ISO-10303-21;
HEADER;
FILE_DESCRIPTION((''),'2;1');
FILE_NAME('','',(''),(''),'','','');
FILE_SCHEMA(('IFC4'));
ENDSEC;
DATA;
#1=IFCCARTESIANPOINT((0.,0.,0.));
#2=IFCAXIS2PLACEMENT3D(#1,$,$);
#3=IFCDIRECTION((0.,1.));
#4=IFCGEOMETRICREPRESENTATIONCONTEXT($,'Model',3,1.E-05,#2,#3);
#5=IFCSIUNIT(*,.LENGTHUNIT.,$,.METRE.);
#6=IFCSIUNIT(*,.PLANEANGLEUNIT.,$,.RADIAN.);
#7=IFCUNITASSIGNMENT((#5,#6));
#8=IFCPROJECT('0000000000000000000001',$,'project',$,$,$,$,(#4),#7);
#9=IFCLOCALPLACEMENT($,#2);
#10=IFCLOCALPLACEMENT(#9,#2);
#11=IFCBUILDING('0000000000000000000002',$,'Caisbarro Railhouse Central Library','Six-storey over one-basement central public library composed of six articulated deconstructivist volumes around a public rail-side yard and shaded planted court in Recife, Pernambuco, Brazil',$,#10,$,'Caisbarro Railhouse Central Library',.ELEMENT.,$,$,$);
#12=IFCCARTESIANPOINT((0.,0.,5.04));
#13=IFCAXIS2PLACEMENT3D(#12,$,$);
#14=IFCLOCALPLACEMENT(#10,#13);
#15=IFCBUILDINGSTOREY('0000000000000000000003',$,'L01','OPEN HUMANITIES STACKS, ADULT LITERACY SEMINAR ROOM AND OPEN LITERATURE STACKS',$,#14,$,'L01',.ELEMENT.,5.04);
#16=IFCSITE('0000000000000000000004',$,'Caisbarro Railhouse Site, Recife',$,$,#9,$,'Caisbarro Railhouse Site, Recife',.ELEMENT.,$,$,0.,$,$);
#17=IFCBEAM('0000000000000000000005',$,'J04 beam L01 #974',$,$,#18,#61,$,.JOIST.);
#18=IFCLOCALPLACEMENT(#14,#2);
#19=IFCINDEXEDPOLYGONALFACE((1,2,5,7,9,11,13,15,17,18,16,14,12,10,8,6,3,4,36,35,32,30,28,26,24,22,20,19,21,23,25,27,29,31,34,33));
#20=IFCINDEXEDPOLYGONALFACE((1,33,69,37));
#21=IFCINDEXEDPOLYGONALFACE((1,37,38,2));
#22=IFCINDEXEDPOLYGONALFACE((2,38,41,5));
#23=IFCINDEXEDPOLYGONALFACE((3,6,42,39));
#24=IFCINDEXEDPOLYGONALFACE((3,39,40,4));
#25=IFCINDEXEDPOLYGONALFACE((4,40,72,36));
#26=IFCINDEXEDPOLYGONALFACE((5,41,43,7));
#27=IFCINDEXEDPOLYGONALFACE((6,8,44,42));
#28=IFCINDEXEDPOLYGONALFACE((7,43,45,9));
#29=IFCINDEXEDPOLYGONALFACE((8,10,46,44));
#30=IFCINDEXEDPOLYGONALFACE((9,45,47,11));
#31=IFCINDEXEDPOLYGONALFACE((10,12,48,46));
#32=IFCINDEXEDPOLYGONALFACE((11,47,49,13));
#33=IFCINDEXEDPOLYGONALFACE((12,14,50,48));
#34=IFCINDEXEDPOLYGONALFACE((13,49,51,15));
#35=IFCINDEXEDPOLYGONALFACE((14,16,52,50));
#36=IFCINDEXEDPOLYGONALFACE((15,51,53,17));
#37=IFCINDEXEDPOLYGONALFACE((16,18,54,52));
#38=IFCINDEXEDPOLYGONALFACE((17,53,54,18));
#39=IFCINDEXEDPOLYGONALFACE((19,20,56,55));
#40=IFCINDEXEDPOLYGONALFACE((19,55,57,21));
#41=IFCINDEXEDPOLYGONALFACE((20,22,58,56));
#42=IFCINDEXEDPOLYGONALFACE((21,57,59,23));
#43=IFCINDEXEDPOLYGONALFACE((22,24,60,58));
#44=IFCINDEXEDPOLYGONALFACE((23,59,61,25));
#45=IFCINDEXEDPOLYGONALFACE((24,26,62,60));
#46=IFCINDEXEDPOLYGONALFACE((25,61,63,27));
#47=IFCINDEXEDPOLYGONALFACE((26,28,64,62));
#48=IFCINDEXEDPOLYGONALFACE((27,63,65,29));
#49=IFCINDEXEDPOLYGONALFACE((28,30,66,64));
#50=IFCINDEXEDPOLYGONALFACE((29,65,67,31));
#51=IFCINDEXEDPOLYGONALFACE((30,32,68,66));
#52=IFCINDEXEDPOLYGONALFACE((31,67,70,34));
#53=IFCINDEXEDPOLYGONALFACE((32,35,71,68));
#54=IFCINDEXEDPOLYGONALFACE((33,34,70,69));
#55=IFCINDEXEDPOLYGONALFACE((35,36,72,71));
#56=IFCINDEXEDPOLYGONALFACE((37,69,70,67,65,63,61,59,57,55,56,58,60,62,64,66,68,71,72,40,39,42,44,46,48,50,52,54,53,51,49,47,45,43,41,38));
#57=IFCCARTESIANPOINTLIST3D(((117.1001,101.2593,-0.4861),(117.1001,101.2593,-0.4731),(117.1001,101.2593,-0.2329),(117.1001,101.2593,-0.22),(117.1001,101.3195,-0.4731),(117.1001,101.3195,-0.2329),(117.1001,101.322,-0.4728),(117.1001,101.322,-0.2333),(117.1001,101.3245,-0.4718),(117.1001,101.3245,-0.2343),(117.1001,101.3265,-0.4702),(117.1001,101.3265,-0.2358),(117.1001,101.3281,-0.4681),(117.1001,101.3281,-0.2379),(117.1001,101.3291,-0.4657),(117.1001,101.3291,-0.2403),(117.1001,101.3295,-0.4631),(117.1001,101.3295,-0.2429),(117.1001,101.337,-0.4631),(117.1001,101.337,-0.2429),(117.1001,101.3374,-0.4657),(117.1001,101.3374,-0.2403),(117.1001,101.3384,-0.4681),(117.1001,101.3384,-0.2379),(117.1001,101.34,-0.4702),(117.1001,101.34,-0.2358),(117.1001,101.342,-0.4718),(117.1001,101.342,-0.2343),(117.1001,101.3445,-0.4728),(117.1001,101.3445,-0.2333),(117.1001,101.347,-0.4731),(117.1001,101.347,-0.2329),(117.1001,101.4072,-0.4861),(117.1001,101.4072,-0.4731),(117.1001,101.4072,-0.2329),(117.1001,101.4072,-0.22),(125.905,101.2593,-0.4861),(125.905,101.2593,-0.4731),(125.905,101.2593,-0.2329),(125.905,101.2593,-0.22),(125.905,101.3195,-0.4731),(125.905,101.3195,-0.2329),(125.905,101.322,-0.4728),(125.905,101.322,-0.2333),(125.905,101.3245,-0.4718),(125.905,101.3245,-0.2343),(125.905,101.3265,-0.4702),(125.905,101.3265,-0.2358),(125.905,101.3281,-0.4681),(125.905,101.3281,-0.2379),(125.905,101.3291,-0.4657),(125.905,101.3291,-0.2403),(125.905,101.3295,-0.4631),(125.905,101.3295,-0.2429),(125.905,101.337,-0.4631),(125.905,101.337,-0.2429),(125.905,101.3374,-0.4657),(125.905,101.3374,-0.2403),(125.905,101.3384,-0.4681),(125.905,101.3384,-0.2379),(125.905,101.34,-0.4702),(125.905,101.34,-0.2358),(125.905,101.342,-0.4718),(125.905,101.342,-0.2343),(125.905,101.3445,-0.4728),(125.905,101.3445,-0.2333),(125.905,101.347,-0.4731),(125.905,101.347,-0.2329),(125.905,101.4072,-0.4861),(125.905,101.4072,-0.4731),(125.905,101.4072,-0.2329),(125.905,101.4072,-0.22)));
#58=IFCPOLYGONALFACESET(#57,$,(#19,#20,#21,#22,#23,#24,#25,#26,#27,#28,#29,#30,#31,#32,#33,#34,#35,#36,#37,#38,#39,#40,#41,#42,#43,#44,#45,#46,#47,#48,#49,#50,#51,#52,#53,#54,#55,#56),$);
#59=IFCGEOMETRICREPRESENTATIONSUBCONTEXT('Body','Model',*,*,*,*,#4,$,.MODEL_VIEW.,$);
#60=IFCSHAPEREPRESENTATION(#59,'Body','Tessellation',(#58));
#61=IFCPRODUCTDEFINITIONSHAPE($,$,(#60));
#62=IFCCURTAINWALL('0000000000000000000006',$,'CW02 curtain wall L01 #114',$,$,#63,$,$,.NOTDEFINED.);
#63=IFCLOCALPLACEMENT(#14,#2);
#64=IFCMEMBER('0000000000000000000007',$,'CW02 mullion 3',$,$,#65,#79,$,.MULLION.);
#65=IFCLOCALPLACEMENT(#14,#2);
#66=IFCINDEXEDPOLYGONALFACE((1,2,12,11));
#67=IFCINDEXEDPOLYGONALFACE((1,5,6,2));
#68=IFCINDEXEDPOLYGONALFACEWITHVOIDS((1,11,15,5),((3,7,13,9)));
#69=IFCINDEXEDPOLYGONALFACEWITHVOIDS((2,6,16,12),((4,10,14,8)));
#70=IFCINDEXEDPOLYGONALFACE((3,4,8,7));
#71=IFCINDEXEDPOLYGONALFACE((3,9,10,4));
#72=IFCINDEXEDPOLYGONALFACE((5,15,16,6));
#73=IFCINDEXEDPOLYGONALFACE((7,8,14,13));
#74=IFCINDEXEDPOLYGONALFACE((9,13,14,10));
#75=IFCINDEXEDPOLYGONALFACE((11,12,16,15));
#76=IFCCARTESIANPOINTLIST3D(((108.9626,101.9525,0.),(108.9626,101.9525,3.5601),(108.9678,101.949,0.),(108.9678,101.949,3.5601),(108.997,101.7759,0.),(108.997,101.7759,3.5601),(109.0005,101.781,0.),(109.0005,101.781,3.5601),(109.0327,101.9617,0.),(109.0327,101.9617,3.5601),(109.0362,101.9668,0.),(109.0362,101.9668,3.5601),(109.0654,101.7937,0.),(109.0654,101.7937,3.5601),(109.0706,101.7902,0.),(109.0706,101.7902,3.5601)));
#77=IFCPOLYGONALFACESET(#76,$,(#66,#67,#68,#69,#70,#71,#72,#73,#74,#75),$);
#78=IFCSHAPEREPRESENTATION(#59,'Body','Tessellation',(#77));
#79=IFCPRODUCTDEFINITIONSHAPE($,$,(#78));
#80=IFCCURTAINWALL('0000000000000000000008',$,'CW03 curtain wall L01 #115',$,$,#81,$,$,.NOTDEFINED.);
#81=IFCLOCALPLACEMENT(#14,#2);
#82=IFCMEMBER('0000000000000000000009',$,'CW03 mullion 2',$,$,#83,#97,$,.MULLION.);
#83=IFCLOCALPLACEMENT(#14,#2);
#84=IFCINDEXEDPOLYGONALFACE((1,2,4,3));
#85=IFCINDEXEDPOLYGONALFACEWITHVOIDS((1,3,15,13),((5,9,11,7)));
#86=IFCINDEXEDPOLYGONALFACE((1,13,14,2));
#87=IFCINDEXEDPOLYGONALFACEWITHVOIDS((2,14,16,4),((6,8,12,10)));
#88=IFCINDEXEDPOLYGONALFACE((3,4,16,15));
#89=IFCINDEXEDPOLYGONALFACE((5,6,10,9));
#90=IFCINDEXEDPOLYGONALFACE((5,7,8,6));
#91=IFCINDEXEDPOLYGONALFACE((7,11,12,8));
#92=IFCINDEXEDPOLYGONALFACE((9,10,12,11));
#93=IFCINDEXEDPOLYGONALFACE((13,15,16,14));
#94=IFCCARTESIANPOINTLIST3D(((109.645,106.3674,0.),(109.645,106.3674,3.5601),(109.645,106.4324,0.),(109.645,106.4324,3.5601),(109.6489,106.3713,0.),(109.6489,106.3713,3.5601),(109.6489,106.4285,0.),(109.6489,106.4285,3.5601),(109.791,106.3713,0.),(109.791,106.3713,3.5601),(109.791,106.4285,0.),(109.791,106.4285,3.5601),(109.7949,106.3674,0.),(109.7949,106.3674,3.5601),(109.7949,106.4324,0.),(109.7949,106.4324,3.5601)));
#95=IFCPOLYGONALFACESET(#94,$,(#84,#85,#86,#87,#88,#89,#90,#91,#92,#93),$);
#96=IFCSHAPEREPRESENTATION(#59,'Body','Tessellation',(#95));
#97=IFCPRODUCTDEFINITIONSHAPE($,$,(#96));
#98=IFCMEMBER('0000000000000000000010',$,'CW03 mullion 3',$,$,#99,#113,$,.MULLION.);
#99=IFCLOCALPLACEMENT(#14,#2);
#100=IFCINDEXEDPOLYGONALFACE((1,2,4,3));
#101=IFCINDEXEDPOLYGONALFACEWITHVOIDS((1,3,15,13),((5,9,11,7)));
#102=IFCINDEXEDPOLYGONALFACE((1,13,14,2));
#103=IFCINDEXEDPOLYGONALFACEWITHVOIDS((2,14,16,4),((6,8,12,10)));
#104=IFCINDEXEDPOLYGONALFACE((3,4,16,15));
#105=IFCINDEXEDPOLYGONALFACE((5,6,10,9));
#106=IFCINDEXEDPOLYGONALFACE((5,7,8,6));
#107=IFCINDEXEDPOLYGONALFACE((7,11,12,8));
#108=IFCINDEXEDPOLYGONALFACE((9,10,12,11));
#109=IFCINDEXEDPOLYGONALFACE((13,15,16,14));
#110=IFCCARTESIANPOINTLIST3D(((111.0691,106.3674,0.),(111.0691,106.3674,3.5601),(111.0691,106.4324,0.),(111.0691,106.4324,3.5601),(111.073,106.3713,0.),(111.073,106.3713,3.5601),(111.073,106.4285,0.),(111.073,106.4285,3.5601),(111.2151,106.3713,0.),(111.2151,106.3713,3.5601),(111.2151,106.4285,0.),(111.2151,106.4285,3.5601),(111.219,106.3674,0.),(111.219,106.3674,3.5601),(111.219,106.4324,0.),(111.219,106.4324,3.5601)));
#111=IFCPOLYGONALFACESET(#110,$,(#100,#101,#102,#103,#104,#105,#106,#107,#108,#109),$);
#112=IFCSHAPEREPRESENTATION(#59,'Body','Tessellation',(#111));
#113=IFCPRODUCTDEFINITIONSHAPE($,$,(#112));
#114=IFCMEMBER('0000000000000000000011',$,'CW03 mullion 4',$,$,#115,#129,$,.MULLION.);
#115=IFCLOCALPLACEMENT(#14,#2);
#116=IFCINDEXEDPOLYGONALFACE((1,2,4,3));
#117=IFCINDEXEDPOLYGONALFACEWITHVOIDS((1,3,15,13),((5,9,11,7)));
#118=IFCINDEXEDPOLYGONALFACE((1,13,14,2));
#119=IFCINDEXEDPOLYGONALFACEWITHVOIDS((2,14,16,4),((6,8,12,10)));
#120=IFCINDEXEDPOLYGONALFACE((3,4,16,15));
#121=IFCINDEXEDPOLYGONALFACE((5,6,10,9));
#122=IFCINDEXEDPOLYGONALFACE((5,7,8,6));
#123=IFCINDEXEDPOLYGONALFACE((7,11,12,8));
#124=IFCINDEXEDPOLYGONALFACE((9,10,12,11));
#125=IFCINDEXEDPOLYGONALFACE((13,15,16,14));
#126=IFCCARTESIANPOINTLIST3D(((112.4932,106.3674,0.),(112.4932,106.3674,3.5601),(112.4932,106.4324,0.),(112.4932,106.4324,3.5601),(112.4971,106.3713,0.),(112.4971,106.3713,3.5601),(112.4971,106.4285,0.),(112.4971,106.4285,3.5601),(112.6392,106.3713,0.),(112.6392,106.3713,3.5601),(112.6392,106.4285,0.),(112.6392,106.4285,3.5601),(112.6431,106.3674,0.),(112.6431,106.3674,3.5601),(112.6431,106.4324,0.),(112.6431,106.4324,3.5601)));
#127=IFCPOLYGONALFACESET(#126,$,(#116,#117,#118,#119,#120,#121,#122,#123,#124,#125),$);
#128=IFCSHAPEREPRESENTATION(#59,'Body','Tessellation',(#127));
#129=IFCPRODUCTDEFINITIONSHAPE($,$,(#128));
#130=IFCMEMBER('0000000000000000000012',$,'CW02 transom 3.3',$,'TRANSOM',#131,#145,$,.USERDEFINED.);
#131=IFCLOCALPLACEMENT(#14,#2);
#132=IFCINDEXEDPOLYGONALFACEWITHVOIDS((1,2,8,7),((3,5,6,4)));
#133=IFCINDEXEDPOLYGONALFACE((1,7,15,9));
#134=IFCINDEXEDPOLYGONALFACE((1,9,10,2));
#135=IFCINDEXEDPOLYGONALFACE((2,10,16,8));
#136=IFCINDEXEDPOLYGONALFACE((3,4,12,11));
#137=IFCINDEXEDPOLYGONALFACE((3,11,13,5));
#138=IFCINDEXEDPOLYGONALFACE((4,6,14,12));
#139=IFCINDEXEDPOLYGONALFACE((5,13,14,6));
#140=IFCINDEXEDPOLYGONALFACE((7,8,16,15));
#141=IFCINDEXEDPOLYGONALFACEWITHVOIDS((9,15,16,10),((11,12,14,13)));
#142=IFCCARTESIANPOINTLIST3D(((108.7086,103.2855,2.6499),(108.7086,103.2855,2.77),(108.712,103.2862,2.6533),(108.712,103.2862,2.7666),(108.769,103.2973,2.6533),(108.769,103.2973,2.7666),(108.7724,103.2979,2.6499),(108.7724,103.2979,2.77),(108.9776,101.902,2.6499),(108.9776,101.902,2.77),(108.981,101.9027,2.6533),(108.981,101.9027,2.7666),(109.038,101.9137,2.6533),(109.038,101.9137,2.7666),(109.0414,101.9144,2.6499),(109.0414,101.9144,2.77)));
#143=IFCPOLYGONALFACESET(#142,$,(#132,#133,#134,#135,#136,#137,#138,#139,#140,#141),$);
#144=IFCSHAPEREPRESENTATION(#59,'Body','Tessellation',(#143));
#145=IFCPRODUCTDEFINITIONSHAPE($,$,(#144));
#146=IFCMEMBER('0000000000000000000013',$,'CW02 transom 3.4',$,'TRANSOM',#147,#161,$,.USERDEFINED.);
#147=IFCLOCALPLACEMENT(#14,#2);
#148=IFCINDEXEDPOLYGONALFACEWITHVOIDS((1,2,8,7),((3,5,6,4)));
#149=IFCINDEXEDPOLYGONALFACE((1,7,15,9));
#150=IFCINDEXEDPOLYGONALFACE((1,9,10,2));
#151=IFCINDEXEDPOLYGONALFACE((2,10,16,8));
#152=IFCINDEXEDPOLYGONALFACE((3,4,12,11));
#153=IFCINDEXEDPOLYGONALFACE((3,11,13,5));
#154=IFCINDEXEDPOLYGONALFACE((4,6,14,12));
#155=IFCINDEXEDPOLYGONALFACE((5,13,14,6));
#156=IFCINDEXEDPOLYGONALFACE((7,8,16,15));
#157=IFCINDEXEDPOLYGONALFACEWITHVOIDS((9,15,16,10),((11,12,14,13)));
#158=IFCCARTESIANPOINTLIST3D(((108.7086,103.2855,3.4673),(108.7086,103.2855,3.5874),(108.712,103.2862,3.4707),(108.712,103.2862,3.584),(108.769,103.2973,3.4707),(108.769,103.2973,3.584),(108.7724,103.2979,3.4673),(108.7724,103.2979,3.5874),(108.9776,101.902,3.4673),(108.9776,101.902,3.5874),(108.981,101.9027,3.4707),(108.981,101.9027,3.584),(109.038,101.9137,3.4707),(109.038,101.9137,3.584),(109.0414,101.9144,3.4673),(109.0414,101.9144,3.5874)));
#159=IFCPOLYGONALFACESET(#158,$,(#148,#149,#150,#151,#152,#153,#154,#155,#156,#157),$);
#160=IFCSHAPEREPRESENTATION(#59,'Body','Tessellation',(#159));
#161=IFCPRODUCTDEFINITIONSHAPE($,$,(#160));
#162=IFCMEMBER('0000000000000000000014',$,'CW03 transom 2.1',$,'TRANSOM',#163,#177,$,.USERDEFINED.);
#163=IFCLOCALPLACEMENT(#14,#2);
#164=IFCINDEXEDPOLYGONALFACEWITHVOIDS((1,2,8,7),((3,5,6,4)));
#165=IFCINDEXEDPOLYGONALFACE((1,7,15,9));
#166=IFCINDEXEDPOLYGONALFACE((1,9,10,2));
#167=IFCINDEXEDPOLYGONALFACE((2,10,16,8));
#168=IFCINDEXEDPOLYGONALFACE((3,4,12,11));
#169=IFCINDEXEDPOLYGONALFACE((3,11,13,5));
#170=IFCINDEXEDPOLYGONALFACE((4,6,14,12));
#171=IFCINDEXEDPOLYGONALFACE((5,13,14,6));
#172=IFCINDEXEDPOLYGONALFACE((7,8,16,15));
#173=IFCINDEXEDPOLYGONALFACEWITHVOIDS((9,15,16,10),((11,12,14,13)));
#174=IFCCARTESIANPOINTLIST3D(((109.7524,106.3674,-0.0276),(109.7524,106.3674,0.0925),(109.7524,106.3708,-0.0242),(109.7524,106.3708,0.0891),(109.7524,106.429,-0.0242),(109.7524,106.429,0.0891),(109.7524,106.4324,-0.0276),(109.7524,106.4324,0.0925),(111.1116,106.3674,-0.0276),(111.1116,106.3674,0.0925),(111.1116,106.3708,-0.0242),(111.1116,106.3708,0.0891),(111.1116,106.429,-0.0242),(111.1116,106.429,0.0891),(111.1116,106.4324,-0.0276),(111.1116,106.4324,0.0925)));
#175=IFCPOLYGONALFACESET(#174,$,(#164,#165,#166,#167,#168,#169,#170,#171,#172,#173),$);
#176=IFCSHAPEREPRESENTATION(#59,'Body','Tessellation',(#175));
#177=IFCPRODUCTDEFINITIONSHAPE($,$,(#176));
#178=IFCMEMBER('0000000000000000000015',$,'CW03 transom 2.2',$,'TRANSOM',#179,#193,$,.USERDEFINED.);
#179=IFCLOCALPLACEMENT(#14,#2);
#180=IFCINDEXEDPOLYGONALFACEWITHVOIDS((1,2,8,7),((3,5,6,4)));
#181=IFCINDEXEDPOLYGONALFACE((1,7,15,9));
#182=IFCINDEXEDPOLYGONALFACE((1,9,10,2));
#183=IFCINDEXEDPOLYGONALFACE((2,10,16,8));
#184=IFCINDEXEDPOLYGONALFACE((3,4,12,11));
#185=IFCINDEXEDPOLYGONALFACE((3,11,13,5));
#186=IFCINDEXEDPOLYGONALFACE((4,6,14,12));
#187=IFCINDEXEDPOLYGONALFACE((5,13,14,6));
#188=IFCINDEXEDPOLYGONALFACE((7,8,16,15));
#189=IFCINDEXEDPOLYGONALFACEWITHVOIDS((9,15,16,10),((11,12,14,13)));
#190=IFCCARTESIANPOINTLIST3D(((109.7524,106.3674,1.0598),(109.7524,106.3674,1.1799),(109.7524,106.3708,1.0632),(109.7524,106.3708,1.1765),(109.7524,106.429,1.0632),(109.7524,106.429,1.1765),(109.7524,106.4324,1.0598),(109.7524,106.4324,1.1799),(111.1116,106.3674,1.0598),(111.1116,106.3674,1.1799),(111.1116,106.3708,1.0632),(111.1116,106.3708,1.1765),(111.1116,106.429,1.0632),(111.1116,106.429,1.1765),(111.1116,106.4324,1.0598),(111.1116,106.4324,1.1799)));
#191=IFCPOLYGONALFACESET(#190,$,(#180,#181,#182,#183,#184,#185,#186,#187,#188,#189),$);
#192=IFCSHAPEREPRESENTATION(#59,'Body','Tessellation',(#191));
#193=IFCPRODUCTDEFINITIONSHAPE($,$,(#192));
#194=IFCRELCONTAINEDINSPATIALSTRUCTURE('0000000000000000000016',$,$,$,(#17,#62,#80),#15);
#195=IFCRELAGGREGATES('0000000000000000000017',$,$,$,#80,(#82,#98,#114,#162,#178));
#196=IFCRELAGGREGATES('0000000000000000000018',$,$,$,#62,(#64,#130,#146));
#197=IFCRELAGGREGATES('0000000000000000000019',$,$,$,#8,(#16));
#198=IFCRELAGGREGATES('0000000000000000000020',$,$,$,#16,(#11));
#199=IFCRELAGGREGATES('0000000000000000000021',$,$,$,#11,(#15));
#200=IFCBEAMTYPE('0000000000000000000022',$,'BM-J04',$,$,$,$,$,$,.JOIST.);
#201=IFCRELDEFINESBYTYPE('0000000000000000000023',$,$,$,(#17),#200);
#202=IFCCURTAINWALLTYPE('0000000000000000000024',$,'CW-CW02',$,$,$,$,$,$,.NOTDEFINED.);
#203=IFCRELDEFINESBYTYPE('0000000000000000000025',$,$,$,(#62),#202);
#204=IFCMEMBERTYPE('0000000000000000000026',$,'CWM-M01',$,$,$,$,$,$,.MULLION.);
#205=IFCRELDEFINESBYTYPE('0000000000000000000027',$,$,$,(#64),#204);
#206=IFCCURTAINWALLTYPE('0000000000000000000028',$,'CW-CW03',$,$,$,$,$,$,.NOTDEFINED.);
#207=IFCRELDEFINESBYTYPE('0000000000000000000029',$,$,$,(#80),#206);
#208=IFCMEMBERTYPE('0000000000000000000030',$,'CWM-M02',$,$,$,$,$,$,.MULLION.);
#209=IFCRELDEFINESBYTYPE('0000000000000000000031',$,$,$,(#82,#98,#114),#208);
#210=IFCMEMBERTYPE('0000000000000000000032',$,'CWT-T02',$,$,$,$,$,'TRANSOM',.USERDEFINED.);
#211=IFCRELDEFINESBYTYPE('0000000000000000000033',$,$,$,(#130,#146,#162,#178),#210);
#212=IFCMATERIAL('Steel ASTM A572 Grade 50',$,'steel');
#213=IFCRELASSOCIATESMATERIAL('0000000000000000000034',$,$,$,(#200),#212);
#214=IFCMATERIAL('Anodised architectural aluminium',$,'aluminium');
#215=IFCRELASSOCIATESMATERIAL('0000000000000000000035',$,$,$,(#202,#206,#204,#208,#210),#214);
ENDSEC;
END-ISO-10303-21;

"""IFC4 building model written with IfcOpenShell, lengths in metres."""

from ifc_helpers import new_model, si_unit, direction, frame, origin, origin_2d, place, context, subcontext, project, spatial, hollow_rectangle, i_section, extrude, material, material_profile, profile_set, type_object, element, aggregate, save


model = new_model("IFC4")

# Units and contexts
model_context = context("Model", 3, precision=1e-05, world=origin(), true_north=direction((0.0, 1.0)))
body_context = subcontext(model_context, "Body", "Model", "MODEL_VIEW")
ifc_project = project(units=[si_unit("LENGTHUNIT", "METRE"), si_unit("PLANEANGLEUNIT", "RADIAN")], contexts=[model_context])

# Site, building, storey
site_placement = place(None, origin())
site = spatial("IfcSite", under=ifc_project, at=site_placement, Name="Caisbarro Railhouse Site, Recife", LongName="Caisbarro Railhouse Site, Recife", CompositionType="ELEMENT", RefElevation=0.0)
building_placement = place(site_placement, origin())
building = spatial("IfcBuilding", under=site, at=building_placement, Name="Caisbarro Railhouse Central Library", Description="Six-storey over one-basement central public library composed of six articulated deconstructivist volumes around a public rail-side yard and shaded planted court in Recife, Pernambuco, Brazil", LongName="Caisbarro Railhouse Central Library", CompositionType="ELEMENT")
storey_placement = place(building_placement, frame((0.0, 0.0, 5.04)))
storey = spatial("IfcBuildingStorey", under=building, at=storey_placement, Name="L01", Description="OPEN HUMANITIES STACKS, ADULT LITERACY SEMINAR ROOM AND OPEN LITERATURE STACKS", LongName="L01", CompositionType="ELEMENT", Elevation=5.04)

# Beam
ifc_material_1 = material(Name="Steel ASTM A572 Grade 50", Category="steel")
ifc_material_profile_1 = material_profile(ifc_material_1, i_section(OverallWidth=0.1479, OverallDepth=0.2661, WebThickness=0.0076, FlangeThickness=0.0129, FilletRadius=0.01, at=origin_2d()), Name="W250X44.8")
ifc_profile_set_1 = profile_set([ifc_material_profile_1], Name="Steel ASTM A572 Grade 50")
beam_type = type_object("IfcBeamType", Name="BM-J04", PredefinedType="JOIST", material=ifc_profile_set_1)
beam_placement = place(storey_placement, frame((117.1001, 101.3333, -0.353), z_axis=(1.0, 0.0, 0.0), x_axis=(0.0, 1.0, 0.0)))
element("IfcBeam", 1, at=beam_placement, inside=storey, type_object=beam_type, Name="J04 beam L01 #974", PredefinedType="JOIST", context=body_context, shape_type="SweptSolid", body=[
    extrude(i_section(OverallWidth=0.1479, OverallDepth=0.2661, WebThickness=0.0076, FlangeThickness=0.0129, FilletRadius=0.01, at=origin_2d()), origin(), (0.0, 0.0, 1.0), 8.8049),
])

# Curtain wall, member
ifc_material_2 = material(Name="Anodised architectural aluminium", Category="aluminium")
curtain_wall_type_1 = type_object("IfcCurtainWallType", Name="CW-CW02", PredefinedType="NOTDEFINED", material=ifc_material_2)
curtain_wall_1_placement = place(storey_placement, origin())
curtain_wall_1 = element("IfcCurtainWall", 2, at=curtain_wall_1_placement, inside=storey, type_object=curtain_wall_type_1, Name="CW02 curtain wall L01 #114", PredefinedType="NOTDEFINED")
ifc_material_profile_2 = material_profile(ifc_material_2, hollow_rectangle(XDim=0.075, YDim=0.1799, WallThickness=0.0044, at=origin_2d()), Name="ALU-MUL-75X180")
ifc_profile_set_2 = profile_set([ifc_material_profile_2], Name="Anodised architectural aluminium")
member_type_1 = type_object("IfcMemberType", Name="CWM-M01", PredefinedType="MULLION", material=ifc_profile_set_2)
member_1_placement = place(storey_placement, frame((109.0166, 101.8713, 0.0), z_axis=(0.0, 0.0, 1.0), x_axis=(-0.981607, -0.190911, 0.0)))
member_1 = element("IfcMember", 3, at=member_1_placement, type_object=member_type_1, Name="CW02 mullion 3", PredefinedType="MULLION", context=body_context, shape_type="SweptSolid", body=[
    extrude(hollow_rectangle(XDim=0.075, YDim=0.1799, WallThickness=0.0044, at=origin_2d()), origin(), (0.0, 0.0, 1.0), 3.5601),
])

# Curtain wall, members
curtain_wall_type_2 = type_object("IfcCurtainWallType", Name="CW-CW03", PredefinedType="NOTDEFINED", material=ifc_material_2)
curtain_wall_2_placement = place(storey_placement, origin())
curtain_wall_2 = element("IfcCurtainWall", 4, at=curtain_wall_2_placement, inside=storey, type_object=curtain_wall_type_2, Name="CW03 curtain wall L01 #115", PredefinedType="NOTDEFINED")
ifc_material_profile_3 = material_profile(ifc_material_2, hollow_rectangle(XDim=0.0649, YDim=0.1499, WallThickness=0.0039, at=origin_2d()), Name="ALU-MUL-65X150")
ifc_profile_set_3 = profile_set([ifc_material_profile_3], Name="Anodised architectural aluminium")
member_type_2 = type_object("IfcMemberType", Name="CWM-M02", PredefinedType="MULLION", material=ifc_profile_set_3)
member_2_placement = place(storey_placement, frame((109.72, 106.3999, 0.0), z_axis=(0.0, 0.0, 1.0), x_axis=(0.0, 1.0, 0.0)))
member_2 = element("IfcMember", 5, at=member_2_placement, type_object=member_type_2, Name="CW03 mullion 2", PredefinedType="MULLION", context=body_context, shape_type="SweptSolid", body=[
    extrude(hollow_rectangle(XDim=0.0649, YDim=0.1499, WallThickness=0.0039, at=origin_2d()), origin(), (0.0, 0.0, 1.0), 3.5601),
])
member_3_placement = place(storey_placement, frame((111.144, 106.3999, 0.0), z_axis=(0.0, 0.0, 1.0), x_axis=(0.0, 1.0, 0.0)))
member_3 = element("IfcMember", 6, at=member_3_placement, type_object=member_type_2, Name="CW03 mullion 3", PredefinedType="MULLION", context=body_context, shape_type="SweptSolid", body=[
    extrude(hollow_rectangle(XDim=0.0649, YDim=0.1499, WallThickness=0.0039, at=origin_2d()), origin(), (0.0, 0.0, 1.0), 3.5601),
])
member_4_placement = place(storey_placement, frame((112.5681, 106.3999, 0.0), z_axis=(0.0, 0.0, 1.0), x_axis=(0.0, 1.0, 0.0)))
member_4 = element("IfcMember", 7, at=member_4_placement, type_object=member_type_2, Name="CW03 mullion 4", PredefinedType="MULLION", context=body_context, shape_type="SweptSolid", body=[
    extrude(hollow_rectangle(XDim=0.0649, YDim=0.1499, WallThickness=0.0039, at=origin_2d()), origin(), (0.0, 0.0, 1.0), 3.5601),
])

# Members
ifc_material_profile_4 = material_profile(ifc_material_2, hollow_rectangle(XDim=0.0649, YDim=0.1201, WallThickness=0.0034, at=origin_2d()), Name="ALU-TRN-65X120")
ifc_profile_set_4 = profile_set([ifc_material_profile_4], Name="Anodised architectural aluminium")
member_type_3 = type_object("IfcMemberType", Name="CWT-T02", ElementType="TRANSOM", PredefinedType="USERDEFINED", material=ifc_profile_set_4)
member_5_placement = place(storey_placement, frame((109.0095, 101.9082, 2.71), z_axis=(-0.190884, 0.981613, 0.0), x_axis=(-0.981613, -0.190884, 0.0)))
member_5 = element("IfcMember", 8, at=member_5_placement, type_object=member_type_3, Name="CW02 transom 3.3", ObjectType="TRANSOM", PredefinedType="USERDEFINED", context=body_context, shape_type="SweptSolid", body=[
    extrude(hollow_rectangle(XDim=0.0649, YDim=0.1201, WallThickness=0.0034, at=origin_2d()), origin(), (0.0, 0.0, 1.0), 1.4094),
])
member_6_placement = place(storey_placement, frame((109.0095, 101.9082, 3.5273), z_axis=(-0.190884, 0.981613, 0.0), x_axis=(-0.981613, -0.190884, 0.0)))
member_6 = element("IfcMember", 9, at=member_6_placement, type_object=member_type_3, Name="CW02 transom 3.4", ObjectType="TRANSOM", PredefinedType="USERDEFINED", context=body_context, shape_type="SweptSolid", body=[
    extrude(hollow_rectangle(XDim=0.0649, YDim=0.1201, WallThickness=0.0034, at=origin_2d()), origin(), (0.0, 0.0, 1.0), 1.4094),
])
member_7_placement = place(storey_placement, frame((109.7524, 106.3999, 0.0325), z_axis=(1.0, 0.0, 0.0), x_axis=(0.0, 1.0, 0.0)))
member_7 = element("IfcMember", 10, at=member_7_placement, type_object=member_type_3, Name="CW03 transom 2.1", ObjectType="TRANSOM", PredefinedType="USERDEFINED", context=body_context, shape_type="SweptSolid", body=[
    extrude(hollow_rectangle(XDim=0.0649, YDim=0.1201, WallThickness=0.0034, at=origin_2d()), origin(), (0.0, 0.0, 1.0), 1.3591),
])
member_8_placement = place(storey_placement, frame((109.7524, 106.3999, 1.1199), z_axis=(1.0, 0.0, 0.0), x_axis=(0.0, 1.0, 0.0)))
member_8 = element("IfcMember", 11, at=member_8_placement, type_object=member_type_3, Name="CW03 transom 2.2", ObjectType="TRANSOM", PredefinedType="USERDEFINED", context=body_context, shape_type="SweptSolid", body=[
    extrude(hollow_rectangle(XDim=0.0649, YDim=0.1201, WallThickness=0.0034, at=origin_2d()), origin(), (0.0, 0.0, 1.0), 1.3591),
])

aggregate(curtain_wall_2, [member_2, member_3, member_4, member_7, member_8])
aggregate(curtain_wall_1, [member_1, member_5, member_6])

save(model, "model.ifc")
